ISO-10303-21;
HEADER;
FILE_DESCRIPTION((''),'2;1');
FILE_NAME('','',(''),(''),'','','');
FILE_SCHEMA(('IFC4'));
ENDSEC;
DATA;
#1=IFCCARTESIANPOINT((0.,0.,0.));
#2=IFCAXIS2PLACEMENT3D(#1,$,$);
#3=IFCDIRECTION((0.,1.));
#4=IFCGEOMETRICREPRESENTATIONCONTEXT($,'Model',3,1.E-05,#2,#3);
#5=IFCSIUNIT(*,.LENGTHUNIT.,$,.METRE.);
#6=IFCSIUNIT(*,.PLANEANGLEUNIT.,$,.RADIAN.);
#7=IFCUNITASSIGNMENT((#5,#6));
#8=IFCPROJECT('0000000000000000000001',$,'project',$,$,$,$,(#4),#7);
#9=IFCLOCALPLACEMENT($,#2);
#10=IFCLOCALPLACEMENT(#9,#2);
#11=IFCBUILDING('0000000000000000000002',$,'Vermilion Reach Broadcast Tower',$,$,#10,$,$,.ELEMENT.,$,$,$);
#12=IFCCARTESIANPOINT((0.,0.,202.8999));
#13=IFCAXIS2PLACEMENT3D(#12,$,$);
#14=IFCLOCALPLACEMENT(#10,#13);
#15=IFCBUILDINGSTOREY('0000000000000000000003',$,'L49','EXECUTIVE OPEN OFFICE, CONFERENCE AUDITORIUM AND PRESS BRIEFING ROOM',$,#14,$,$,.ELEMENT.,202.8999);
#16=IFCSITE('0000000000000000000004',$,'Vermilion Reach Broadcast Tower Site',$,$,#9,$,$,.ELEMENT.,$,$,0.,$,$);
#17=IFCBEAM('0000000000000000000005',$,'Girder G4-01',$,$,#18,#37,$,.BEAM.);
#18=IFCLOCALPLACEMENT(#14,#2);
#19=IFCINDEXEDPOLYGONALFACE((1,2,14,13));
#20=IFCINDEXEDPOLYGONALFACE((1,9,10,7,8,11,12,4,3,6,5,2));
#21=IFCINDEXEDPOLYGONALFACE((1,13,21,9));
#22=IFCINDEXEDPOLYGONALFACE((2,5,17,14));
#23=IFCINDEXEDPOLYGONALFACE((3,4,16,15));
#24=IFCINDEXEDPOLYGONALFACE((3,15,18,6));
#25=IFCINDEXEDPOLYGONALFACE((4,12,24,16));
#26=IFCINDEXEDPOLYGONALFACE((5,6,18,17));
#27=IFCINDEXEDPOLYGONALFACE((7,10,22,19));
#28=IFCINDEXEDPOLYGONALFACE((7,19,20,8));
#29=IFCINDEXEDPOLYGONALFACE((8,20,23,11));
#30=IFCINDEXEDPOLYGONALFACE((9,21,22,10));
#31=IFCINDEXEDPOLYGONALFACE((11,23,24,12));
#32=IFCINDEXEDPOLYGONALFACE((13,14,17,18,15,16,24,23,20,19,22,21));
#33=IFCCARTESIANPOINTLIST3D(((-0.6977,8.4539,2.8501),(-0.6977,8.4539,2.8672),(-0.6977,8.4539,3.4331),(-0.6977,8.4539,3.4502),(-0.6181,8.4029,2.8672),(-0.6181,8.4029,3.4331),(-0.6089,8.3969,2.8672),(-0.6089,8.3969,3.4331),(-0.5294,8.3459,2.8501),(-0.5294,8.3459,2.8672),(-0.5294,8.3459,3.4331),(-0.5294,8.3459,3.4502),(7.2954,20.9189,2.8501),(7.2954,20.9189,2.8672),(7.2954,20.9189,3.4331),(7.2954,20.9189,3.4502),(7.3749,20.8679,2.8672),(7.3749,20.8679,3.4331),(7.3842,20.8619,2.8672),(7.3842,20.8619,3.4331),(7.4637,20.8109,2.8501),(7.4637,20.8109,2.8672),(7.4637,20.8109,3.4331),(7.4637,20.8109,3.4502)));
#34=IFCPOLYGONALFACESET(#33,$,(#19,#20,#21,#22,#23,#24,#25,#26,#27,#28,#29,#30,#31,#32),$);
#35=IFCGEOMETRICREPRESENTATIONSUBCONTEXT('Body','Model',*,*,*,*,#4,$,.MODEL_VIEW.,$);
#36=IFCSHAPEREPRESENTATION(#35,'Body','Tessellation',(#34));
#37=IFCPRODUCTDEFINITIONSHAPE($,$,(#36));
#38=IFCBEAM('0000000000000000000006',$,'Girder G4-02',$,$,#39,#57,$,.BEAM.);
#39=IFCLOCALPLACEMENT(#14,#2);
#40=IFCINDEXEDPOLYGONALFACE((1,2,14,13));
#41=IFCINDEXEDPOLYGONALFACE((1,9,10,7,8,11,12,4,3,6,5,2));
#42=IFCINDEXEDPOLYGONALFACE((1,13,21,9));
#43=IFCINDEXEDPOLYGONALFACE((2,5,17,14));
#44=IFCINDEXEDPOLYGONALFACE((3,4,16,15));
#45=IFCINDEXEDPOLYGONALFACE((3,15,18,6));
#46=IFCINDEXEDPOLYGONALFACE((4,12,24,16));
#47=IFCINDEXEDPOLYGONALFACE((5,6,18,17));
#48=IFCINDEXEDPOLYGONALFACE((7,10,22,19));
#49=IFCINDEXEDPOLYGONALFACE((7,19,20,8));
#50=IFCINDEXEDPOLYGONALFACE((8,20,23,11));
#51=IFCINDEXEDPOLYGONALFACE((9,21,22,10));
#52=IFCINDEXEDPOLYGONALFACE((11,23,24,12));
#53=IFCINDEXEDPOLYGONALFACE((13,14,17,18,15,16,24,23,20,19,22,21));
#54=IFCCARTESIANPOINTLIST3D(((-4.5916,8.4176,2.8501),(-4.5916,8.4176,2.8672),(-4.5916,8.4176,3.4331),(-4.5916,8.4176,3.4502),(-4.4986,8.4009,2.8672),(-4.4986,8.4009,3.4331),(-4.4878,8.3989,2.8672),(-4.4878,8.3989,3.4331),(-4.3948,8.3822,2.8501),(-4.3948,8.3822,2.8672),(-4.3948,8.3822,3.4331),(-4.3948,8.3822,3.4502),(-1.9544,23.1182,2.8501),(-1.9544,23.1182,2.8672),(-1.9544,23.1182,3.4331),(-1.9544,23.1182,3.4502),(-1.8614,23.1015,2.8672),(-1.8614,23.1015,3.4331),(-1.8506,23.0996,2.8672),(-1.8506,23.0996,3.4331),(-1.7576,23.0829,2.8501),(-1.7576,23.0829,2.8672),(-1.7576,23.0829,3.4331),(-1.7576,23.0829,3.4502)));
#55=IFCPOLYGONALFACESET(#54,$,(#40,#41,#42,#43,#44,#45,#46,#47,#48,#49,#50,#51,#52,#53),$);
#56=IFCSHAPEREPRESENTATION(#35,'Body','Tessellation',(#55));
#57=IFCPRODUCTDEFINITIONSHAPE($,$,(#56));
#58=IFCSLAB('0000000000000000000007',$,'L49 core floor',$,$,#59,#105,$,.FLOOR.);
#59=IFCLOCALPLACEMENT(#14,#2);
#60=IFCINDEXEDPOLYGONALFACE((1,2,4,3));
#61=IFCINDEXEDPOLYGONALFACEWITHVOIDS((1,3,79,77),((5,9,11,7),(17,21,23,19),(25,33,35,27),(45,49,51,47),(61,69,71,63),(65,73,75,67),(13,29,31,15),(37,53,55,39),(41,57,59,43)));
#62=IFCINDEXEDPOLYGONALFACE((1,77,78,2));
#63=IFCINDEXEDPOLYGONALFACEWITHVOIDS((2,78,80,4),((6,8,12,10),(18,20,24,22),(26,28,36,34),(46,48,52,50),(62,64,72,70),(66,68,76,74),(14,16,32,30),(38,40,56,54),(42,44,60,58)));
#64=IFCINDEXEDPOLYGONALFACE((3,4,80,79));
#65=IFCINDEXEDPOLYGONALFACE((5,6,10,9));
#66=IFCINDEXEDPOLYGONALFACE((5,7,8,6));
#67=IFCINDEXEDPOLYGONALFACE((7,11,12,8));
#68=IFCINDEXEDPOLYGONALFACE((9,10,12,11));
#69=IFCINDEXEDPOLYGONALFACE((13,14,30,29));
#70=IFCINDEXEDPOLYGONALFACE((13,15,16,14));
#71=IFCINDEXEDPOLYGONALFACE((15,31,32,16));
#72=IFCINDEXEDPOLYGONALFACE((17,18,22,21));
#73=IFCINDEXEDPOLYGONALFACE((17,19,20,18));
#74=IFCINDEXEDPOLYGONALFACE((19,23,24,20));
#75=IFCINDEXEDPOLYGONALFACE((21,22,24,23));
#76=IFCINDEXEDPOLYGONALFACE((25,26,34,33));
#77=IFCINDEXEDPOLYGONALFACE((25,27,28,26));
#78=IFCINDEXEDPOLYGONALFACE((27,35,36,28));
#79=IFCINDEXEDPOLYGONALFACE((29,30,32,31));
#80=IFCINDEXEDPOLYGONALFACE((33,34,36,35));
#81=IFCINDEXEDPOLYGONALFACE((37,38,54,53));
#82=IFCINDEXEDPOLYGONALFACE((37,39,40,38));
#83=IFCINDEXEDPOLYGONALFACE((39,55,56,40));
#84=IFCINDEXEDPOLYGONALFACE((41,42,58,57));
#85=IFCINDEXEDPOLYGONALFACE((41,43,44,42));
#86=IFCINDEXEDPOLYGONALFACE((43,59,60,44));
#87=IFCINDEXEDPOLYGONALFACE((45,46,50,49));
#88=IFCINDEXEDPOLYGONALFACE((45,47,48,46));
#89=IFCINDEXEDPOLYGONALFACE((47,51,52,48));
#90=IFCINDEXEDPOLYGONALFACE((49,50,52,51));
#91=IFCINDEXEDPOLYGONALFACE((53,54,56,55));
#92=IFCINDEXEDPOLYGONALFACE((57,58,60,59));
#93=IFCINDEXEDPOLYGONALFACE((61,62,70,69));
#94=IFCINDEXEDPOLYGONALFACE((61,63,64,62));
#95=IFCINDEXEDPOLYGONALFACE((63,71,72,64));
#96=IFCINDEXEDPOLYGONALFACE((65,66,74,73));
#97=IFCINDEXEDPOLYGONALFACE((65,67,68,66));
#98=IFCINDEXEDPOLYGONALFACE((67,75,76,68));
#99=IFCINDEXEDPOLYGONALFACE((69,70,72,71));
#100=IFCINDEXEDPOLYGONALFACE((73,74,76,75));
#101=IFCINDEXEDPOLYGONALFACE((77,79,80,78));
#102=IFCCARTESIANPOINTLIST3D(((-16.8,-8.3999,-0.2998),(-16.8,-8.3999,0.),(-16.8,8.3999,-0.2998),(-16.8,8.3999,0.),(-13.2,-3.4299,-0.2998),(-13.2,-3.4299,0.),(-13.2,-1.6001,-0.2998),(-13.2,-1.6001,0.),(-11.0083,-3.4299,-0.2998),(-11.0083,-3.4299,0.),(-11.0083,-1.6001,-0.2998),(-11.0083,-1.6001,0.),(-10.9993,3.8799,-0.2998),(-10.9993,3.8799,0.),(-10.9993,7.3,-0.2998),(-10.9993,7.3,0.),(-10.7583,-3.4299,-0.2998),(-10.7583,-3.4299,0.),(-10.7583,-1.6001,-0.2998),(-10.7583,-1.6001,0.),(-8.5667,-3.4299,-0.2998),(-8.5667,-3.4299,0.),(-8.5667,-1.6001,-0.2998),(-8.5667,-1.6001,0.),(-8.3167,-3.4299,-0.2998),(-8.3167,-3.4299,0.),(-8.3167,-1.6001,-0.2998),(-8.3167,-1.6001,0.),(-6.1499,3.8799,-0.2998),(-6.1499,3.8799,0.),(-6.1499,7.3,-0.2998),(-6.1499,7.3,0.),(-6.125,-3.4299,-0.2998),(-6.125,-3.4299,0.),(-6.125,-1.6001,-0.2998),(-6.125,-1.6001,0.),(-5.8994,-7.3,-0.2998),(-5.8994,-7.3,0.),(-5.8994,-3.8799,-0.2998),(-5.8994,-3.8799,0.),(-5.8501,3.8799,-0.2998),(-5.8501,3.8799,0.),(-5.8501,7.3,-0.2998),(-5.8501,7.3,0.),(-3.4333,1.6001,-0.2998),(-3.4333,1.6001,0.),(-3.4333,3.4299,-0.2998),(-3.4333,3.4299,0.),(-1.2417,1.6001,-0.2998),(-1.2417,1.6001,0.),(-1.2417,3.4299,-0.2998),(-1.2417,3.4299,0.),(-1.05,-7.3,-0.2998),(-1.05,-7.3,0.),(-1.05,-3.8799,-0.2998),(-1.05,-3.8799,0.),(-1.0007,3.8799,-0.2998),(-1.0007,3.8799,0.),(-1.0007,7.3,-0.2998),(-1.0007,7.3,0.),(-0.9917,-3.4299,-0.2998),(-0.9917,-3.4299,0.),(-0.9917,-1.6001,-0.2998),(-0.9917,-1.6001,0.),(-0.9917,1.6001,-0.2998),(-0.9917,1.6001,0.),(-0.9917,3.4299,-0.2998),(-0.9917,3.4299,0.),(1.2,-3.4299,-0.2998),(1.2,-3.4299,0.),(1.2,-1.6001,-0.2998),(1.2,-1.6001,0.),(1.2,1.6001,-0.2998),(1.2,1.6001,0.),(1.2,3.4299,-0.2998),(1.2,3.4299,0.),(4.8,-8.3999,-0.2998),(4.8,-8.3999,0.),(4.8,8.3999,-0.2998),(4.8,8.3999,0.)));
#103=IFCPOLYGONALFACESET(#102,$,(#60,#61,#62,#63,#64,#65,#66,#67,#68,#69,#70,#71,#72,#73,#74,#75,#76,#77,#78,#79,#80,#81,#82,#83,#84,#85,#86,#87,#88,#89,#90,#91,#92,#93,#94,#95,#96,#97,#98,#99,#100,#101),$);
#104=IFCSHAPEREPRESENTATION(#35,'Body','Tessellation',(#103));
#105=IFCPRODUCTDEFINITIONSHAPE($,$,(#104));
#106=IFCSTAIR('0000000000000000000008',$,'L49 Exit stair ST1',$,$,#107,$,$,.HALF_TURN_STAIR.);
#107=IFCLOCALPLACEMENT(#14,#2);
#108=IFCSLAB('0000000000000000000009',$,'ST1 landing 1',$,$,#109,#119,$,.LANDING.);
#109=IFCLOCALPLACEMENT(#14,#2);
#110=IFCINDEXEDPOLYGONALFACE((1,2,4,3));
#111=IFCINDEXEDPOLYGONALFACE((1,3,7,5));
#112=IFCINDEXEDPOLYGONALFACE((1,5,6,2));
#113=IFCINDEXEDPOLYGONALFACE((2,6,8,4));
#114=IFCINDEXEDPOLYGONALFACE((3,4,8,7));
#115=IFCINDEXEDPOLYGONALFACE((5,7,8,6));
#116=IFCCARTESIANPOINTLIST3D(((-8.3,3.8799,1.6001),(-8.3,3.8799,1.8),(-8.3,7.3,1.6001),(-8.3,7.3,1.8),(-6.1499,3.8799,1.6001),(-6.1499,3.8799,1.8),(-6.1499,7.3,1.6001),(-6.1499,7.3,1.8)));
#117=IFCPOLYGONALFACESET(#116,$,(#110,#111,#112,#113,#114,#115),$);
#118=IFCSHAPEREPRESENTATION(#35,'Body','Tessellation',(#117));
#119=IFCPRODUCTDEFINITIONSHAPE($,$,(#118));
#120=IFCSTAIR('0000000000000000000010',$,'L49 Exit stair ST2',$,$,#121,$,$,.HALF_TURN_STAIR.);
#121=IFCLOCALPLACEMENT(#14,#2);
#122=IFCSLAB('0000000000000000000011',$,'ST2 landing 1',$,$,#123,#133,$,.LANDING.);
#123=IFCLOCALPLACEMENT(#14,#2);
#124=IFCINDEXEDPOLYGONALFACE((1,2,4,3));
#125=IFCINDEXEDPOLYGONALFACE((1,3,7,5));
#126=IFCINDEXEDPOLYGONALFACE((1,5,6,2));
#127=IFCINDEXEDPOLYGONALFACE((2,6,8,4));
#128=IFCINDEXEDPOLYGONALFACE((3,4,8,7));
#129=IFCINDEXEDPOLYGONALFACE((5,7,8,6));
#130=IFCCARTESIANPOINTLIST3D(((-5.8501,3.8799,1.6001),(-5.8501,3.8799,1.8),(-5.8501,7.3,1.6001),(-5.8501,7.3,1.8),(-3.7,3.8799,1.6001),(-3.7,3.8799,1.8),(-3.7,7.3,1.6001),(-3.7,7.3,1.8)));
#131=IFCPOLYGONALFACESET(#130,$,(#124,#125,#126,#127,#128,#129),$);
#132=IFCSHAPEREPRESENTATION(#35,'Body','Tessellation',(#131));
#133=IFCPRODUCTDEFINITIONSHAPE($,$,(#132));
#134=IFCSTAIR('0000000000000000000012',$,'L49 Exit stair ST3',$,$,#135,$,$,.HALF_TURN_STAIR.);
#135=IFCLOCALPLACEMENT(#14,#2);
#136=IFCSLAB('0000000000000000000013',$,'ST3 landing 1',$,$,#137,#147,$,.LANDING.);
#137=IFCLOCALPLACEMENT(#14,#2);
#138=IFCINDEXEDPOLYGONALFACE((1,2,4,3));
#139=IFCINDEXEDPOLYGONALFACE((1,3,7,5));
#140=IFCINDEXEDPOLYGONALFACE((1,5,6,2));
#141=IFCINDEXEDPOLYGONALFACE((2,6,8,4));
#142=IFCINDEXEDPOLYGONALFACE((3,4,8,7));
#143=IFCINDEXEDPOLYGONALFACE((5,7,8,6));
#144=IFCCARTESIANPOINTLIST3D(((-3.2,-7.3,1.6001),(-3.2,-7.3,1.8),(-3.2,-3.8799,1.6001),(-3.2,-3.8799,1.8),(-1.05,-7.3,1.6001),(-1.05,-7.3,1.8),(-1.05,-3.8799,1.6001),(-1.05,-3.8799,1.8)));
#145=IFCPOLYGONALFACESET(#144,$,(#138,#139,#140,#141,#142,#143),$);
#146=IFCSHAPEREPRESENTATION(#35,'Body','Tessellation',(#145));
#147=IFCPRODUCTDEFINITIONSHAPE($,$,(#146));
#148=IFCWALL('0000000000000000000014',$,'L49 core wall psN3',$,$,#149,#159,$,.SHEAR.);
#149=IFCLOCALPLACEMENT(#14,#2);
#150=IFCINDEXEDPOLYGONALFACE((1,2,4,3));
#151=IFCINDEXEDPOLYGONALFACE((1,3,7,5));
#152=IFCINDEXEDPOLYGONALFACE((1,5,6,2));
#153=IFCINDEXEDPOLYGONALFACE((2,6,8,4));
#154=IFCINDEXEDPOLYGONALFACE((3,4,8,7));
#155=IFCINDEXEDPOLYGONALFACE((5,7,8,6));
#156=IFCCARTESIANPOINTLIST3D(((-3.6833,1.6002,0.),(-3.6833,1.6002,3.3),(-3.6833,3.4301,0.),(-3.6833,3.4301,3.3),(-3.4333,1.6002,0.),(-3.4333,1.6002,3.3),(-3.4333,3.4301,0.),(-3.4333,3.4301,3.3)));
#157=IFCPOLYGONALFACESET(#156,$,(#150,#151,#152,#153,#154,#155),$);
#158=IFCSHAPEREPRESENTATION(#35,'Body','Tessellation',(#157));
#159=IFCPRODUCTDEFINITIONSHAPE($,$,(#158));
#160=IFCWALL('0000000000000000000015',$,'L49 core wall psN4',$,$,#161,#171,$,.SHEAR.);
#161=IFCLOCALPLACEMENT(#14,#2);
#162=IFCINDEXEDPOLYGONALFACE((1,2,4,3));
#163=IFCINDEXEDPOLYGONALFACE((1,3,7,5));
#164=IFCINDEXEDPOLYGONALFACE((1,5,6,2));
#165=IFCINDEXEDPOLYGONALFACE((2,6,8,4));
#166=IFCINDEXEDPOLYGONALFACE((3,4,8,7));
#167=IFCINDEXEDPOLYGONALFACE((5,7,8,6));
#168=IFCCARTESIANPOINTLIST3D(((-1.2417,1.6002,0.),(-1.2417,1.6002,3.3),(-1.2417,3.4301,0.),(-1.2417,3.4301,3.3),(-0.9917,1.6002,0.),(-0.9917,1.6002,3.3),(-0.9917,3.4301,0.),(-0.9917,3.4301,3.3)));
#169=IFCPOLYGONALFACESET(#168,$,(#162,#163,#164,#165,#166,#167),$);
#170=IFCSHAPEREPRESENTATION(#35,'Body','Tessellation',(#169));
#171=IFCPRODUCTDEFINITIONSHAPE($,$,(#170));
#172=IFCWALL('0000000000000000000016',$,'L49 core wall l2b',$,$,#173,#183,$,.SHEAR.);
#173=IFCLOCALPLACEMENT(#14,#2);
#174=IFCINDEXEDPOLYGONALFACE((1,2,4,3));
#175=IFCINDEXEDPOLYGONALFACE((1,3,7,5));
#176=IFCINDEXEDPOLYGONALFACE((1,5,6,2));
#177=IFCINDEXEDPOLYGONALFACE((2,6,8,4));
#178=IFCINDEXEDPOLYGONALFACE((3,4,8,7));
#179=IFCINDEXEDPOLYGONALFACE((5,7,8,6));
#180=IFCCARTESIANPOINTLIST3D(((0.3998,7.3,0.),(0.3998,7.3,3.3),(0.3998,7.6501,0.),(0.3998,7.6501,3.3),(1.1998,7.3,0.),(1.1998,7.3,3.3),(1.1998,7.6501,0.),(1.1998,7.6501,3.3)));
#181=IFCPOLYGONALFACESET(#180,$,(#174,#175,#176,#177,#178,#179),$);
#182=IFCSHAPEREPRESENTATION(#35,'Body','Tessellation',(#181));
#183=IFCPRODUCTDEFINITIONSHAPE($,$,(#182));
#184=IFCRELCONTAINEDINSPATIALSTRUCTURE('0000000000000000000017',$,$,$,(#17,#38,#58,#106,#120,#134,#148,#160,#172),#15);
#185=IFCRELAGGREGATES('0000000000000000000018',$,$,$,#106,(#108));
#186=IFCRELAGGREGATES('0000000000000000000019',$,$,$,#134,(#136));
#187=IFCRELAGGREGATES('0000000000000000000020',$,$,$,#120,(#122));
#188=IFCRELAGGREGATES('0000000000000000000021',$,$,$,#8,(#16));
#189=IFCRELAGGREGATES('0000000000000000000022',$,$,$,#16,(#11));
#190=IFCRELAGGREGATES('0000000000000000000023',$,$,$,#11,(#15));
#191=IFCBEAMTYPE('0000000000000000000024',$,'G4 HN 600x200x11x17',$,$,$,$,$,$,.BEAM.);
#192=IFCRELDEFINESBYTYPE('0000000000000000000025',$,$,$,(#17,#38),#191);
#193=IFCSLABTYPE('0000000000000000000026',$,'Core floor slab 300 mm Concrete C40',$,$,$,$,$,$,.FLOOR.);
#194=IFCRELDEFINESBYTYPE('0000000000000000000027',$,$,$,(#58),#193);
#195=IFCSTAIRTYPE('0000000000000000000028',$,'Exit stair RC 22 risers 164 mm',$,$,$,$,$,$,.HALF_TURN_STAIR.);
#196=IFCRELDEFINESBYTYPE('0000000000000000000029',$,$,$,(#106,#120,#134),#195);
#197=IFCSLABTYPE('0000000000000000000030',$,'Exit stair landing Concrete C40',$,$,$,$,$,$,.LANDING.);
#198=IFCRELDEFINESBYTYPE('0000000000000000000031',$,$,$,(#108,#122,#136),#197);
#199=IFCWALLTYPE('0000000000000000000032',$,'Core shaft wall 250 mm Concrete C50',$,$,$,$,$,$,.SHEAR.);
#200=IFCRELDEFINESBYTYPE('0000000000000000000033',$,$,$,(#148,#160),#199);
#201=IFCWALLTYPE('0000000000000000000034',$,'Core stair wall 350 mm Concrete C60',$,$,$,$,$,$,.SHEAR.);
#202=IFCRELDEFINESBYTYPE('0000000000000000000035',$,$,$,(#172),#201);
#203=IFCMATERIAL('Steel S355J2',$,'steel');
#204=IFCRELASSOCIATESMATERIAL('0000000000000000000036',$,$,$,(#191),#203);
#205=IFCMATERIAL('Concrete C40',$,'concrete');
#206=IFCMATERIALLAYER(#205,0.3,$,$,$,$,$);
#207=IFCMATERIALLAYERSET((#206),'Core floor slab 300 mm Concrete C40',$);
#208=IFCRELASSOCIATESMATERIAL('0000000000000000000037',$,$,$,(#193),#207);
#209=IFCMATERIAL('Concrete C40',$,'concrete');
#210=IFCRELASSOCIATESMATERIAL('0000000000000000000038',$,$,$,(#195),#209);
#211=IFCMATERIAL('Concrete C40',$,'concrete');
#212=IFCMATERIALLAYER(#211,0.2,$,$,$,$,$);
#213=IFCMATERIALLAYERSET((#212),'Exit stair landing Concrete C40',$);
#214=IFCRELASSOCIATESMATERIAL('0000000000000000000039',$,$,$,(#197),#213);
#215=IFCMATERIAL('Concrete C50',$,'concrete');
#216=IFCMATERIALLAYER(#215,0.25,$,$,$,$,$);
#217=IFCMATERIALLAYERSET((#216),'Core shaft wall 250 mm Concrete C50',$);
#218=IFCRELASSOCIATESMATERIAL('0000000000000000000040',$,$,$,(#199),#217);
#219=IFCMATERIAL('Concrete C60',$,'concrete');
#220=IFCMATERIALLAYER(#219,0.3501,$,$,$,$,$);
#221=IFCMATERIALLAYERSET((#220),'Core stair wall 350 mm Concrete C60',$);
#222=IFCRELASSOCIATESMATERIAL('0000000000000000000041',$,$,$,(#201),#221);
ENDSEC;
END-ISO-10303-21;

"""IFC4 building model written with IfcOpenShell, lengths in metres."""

from ifc_helpers import new_model, si_unit, direction, frame, frame_2d, origin, origin_2d, place, context, subcontext, project, spatial, polyline, rectangle, i_section, outline, extrude, material, layer, layer_set, material_profile, profile_set, type_object, element, aggregate, save


model = new_model("IFC4")

# Units and contexts
model_context = context("Model", 3, precision=1e-05, world=origin(), true_north=direction((0.0, 1.0)))
body_context = subcontext(model_context, "Body", "Model", "MODEL_VIEW")
ifc_project = project(units=[si_unit("LENGTHUNIT", "METRE"), si_unit("PLANEANGLEUNIT", "RADIAN")], contexts=[model_context])

# Site, building, storey
site_placement = place(None, origin())
site = spatial("IfcSite", under=ifc_project, at=site_placement, Name="Vermilion Reach Broadcast Tower Site", CompositionType="ELEMENT", RefElevation=0.0)
building_placement = place(site_placement, origin())
building = spatial("IfcBuilding", under=site, at=building_placement, Name="Vermilion Reach Broadcast Tower", CompositionType="ELEMENT")
storey_placement = place(building_placement, frame((0.0, 0.0, 202.8999)))
storey = spatial("IfcBuildingStorey", under=building, at=storey_placement, Name="L49", Description="EXECUTIVE OPEN OFFICE, CONFERENCE AUDITORIUM AND PRESS BRIEFING ROOM", CompositionType="ELEMENT", Elevation=202.8999)

# Beams
ifc_material_1 = material(Name="Steel S355J2", Category="steel")
ifc_material_profile = material_profile(ifc_material_1, i_section(OverallWidth=0.2, OverallDepth=0.6001, WebThickness=0.011, FlangeThickness=0.0171, at=origin_2d()), Name="S355J2 HN 600x200x11x17")
ifc_profile_set = profile_set([ifc_material_profile], Name="Steel S355J2")
beam_type = type_object("IfcBeamType", Name="G4 HN 600x200x11x17", PredefinedType="BEAM", material=ifc_profile_set)
beam_1_placement = place(storey_placement, frame((-0.6135, 8.3999, 3.1501), z_axis=(0.539796, 0.841796, 0.0), x_axis=(-0.841796, 0.539796, 0.0)))
element("IfcBeam", 1, at=beam_1_placement, inside=storey, type_object=beam_type, Name="Girder G4-01", PredefinedType="BEAM", context=body_context, shape_type="SweptSolid", body=[
    extrude(i_section(OverallWidth=0.2, OverallDepth=0.6001, WebThickness=0.011, FlangeThickness=0.0171, at=origin_2d()), origin(), (0.0, 0.0, 1.0), 14.8076),
])
beam_2_placement = place(storey_placement, frame((-4.4932, 8.3999, 3.1501), z_axis=(0.176575, 0.984287, 0.0), x_axis=(-0.984287, 0.176575, 0.0)))
element("IfcBeam", 2, at=beam_2_placement, inside=storey, type_object=beam_type, Name="Girder G4-02", PredefinedType="BEAM", context=body_context, shape_type="SweptSolid", body=[
    extrude(i_section(OverallWidth=0.2, OverallDepth=0.6001, WebThickness=0.011, FlangeThickness=0.0171, at=origin_2d()), origin(), (0.0, 0.0, 1.0), 14.9353),
])

# Slab
ifc_material_2 = material(Name="Concrete C40", Category="concrete")
ifc_layer_1 = layer(ifc_material_2, 0.3)
ifc_layer_set_1 = layer_set([ifc_layer_1], Name="Core floor slab 300 mm Concrete C40")
slab_type_1 = type_object("IfcSlabType", Name="Core floor slab 300 mm Concrete C40", PredefinedType="FLOOR", material=ifc_layer_set_1)
slab_1_placement = place(storey_placement, frame((0.0, 0.0, -0.2998)))
element("IfcSlab", 3, at=slab_1_placement, inside=storey, type_object=slab_type_1, Name="L49 core floor", PredefinedType="FLOOR", context=body_context, shape_type="SweptSolid", body=[
    extrude(outline(polyline([(-16.8, -8.3999), (4.8, -8.3999), (4.8, 8.3999), (-16.8, 8.3999), (-16.8, -8.3999)]), holes=[polyline([(-3.4333, 1.6001), (-1.2417, 1.6001), (-1.2417, 3.4299), (-3.4333, 3.4299), (-3.4333, 1.6001)]), polyline([(-0.9917, 1.6001), (1.2, 1.6001), (1.2, 3.4299), (-0.9917, 3.4299), (-0.9917, 1.6001)]), polyline([(-13.2, -3.4299), (-11.0083, -3.4299), (-11.0083, -1.6001), (-13.2, -1.6001), (-13.2, -3.4299)]), polyline([(-10.7583, -3.4299), (-8.5667, -3.4299), (-8.5667, -1.6001), (-10.7583, -1.6001), (-10.7583, -3.4299)]), polyline([(-8.3167, -3.4299), (-6.125, -3.4299), (-6.125, -1.6001), (-8.3167, -1.6001), (-8.3167, -3.4299)]), polyline([(-0.9917, -3.4299), (1.2, -3.4299), (1.2, -1.6001), (-0.9917, -1.6001), (-0.9917, -3.4299)]), polyline([(-10.9993, 3.8799), (-6.1499, 3.8799), (-6.1499, 7.3), (-10.9993, 7.3), (-10.9993, 3.8799)]), polyline([(-1.0007, 7.3), (-5.8501, 7.3), (-5.8501, 3.8799), (-1.0007, 3.8799), (-1.0007, 7.3)]), polyline([(-5.8994, -7.3), (-1.05, -7.3), (-1.05, -3.8799), (-5.8994, -3.8799), (-5.8994, -7.3)])]), origin(), (0.0, 0.0, 1.0), 0.2998),
])

# Stairs, slabs
ifc_material_3 = material(Name="Concrete C40", Category="concrete")
stair_type = type_object("IfcStairType", Name="Exit stair RC 22 risers 164 mm", PredefinedType="HALF_TURN_STAIR", material=ifc_material_3)
placement_1 = place(storey_placement, origin())
stair_1 = element("IfcStair", 4, at=placement_1, inside=storey, type_object=stair_type, Name="L49 Exit stair ST1", PredefinedType="HALF_TURN_STAIR")
ifc_material_4 = material(Name="Concrete C40", Category="concrete")
ifc_layer_2 = layer(ifc_material_4, 0.2)
ifc_layer_set_2 = layer_set([ifc_layer_2], Name="Exit stair landing Concrete C40")
slab_type_2 = type_object("IfcSlabType", Name="Exit stair landing Concrete C40", PredefinedType="LANDING", material=ifc_layer_set_2)
placement_2 = place(storey_placement, frame((0.0, 0.0, 1.6001)))
slab_2 = element("IfcSlab", 5, at=placement_2, type_object=slab_type_2, Name="ST1 landing 1", PredefinedType="LANDING", context=body_context, shape_type="SweptSolid", body=[
    extrude(outline(polyline([(-8.3, 3.8799), (-6.1499, 3.8799), (-6.1499, 7.3), (-8.3, 7.3), (-8.3, 3.8799)])), origin(), (0.0, 0.0, 1.0), 0.2),
])
aggregate(stair_1, [slab_2])
stair_2 = element("IfcStair", 6, at=placement_1, inside=storey, type_object=stair_type, Name="L49 Exit stair ST2", PredefinedType="HALF_TURN_STAIR")
slab_3 = element("IfcSlab", 7, at=placement_2, type_object=slab_type_2, Name="ST2 landing 1", PredefinedType="LANDING", context=body_context, shape_type="SweptSolid", body=[
    extrude(outline(polyline([(-3.7, 7.3), (-5.8501, 7.3), (-5.8501, 3.8799), (-3.7, 3.8799), (-3.7, 7.3)])), origin(), (0.0, 0.0, 1.0), 0.2),
])
stair_3 = element("IfcStair", 8, at=placement_1, inside=storey, type_object=stair_type, Name="L49 Exit stair ST3", PredefinedType="HALF_TURN_STAIR")
slab_4 = element("IfcSlab", 9, at=placement_2, type_object=slab_type_2, Name="ST3 landing 1", PredefinedType="LANDING", context=body_context, shape_type="SweptSolid", body=[
    extrude(outline(polyline([(-3.2, -7.3), (-1.05, -7.3), (-1.05, -3.8799), (-3.2, -3.8799), (-3.2, -7.3)])), origin(), (0.0, 0.0, 1.0), 0.2),
])
aggregate(stair_3, [slab_4])

# Walls
ifc_material_5 = material(Name="Concrete C50", Category="concrete")
ifc_layer_3 = layer(ifc_material_5, 0.25)
ifc_layer_set_3 = layer_set([ifc_layer_3], Name="Core shaft wall 250 mm Concrete C50")
wall_type_1 = type_object("IfcWallType", Name="Core shaft wall 250 mm Concrete C50", PredefinedType="SHEAR", material=ifc_layer_set_3)
for number, where, z_axis, x_axis, name in (
    (10, (-3.5583, 1.6001, 0.0), (0.0, 0.0, 1.0), (0.0, 1.0, 0.0), "L49 core wall psN3"),
    (11, (-1.1167, 1.6001, 0.0), (0.0, 0.0, 1.0), (0.0, 1.0, 0.0), "L49 core wall psN4"),
):
    element("IfcWall", number, at=place(storey_placement, frame(where, z_axis=z_axis, x_axis=x_axis)), inside=storey, type_object=wall_type_1, Name=name, PredefinedType="SHEAR", context=body_context, shape_type="SweptSolid", body=[
        extrude(rectangle(XDim=1.8298, YDim=0.25, at=frame_2d((0.915, 0.0))), origin(), (0.0, 0.0, 1.0), 3.3),
    ])
ifc_material_6 = material(Name="Concrete C60", Category="concrete")
ifc_layer_4 = layer(ifc_material_6, 0.3501)
ifc_layer_set_4 = layer_set([ifc_layer_4], Name="Core stair wall 350 mm Concrete C60")
wall_type_2 = type_object("IfcWallType", Name="Core stair wall 350 mm Concrete C60", PredefinedType="SHEAR", material=ifc_layer_set_4)
wall_placement = place(storey_placement, frame((0.3999, 7.4751, 0.0), z_axis=(0.0, 0.0, 1.0), x_axis=(1.0, 0.0, 0.0)))
element("IfcWall", 12, at=wall_placement, inside=storey, type_object=wall_type_2, Name="L49 core wall l2b", PredefinedType="SHEAR", context=body_context, shape_type="SweptSolid", body=[
    extrude(rectangle(XDim=0.8, YDim=0.3501, at=frame_2d((0.3999, 0.0))), origin(), (0.0, 0.0, 1.0), 3.3),
])

aggregate(stair_2, [slab_3])

save(model, "model.ifc")
